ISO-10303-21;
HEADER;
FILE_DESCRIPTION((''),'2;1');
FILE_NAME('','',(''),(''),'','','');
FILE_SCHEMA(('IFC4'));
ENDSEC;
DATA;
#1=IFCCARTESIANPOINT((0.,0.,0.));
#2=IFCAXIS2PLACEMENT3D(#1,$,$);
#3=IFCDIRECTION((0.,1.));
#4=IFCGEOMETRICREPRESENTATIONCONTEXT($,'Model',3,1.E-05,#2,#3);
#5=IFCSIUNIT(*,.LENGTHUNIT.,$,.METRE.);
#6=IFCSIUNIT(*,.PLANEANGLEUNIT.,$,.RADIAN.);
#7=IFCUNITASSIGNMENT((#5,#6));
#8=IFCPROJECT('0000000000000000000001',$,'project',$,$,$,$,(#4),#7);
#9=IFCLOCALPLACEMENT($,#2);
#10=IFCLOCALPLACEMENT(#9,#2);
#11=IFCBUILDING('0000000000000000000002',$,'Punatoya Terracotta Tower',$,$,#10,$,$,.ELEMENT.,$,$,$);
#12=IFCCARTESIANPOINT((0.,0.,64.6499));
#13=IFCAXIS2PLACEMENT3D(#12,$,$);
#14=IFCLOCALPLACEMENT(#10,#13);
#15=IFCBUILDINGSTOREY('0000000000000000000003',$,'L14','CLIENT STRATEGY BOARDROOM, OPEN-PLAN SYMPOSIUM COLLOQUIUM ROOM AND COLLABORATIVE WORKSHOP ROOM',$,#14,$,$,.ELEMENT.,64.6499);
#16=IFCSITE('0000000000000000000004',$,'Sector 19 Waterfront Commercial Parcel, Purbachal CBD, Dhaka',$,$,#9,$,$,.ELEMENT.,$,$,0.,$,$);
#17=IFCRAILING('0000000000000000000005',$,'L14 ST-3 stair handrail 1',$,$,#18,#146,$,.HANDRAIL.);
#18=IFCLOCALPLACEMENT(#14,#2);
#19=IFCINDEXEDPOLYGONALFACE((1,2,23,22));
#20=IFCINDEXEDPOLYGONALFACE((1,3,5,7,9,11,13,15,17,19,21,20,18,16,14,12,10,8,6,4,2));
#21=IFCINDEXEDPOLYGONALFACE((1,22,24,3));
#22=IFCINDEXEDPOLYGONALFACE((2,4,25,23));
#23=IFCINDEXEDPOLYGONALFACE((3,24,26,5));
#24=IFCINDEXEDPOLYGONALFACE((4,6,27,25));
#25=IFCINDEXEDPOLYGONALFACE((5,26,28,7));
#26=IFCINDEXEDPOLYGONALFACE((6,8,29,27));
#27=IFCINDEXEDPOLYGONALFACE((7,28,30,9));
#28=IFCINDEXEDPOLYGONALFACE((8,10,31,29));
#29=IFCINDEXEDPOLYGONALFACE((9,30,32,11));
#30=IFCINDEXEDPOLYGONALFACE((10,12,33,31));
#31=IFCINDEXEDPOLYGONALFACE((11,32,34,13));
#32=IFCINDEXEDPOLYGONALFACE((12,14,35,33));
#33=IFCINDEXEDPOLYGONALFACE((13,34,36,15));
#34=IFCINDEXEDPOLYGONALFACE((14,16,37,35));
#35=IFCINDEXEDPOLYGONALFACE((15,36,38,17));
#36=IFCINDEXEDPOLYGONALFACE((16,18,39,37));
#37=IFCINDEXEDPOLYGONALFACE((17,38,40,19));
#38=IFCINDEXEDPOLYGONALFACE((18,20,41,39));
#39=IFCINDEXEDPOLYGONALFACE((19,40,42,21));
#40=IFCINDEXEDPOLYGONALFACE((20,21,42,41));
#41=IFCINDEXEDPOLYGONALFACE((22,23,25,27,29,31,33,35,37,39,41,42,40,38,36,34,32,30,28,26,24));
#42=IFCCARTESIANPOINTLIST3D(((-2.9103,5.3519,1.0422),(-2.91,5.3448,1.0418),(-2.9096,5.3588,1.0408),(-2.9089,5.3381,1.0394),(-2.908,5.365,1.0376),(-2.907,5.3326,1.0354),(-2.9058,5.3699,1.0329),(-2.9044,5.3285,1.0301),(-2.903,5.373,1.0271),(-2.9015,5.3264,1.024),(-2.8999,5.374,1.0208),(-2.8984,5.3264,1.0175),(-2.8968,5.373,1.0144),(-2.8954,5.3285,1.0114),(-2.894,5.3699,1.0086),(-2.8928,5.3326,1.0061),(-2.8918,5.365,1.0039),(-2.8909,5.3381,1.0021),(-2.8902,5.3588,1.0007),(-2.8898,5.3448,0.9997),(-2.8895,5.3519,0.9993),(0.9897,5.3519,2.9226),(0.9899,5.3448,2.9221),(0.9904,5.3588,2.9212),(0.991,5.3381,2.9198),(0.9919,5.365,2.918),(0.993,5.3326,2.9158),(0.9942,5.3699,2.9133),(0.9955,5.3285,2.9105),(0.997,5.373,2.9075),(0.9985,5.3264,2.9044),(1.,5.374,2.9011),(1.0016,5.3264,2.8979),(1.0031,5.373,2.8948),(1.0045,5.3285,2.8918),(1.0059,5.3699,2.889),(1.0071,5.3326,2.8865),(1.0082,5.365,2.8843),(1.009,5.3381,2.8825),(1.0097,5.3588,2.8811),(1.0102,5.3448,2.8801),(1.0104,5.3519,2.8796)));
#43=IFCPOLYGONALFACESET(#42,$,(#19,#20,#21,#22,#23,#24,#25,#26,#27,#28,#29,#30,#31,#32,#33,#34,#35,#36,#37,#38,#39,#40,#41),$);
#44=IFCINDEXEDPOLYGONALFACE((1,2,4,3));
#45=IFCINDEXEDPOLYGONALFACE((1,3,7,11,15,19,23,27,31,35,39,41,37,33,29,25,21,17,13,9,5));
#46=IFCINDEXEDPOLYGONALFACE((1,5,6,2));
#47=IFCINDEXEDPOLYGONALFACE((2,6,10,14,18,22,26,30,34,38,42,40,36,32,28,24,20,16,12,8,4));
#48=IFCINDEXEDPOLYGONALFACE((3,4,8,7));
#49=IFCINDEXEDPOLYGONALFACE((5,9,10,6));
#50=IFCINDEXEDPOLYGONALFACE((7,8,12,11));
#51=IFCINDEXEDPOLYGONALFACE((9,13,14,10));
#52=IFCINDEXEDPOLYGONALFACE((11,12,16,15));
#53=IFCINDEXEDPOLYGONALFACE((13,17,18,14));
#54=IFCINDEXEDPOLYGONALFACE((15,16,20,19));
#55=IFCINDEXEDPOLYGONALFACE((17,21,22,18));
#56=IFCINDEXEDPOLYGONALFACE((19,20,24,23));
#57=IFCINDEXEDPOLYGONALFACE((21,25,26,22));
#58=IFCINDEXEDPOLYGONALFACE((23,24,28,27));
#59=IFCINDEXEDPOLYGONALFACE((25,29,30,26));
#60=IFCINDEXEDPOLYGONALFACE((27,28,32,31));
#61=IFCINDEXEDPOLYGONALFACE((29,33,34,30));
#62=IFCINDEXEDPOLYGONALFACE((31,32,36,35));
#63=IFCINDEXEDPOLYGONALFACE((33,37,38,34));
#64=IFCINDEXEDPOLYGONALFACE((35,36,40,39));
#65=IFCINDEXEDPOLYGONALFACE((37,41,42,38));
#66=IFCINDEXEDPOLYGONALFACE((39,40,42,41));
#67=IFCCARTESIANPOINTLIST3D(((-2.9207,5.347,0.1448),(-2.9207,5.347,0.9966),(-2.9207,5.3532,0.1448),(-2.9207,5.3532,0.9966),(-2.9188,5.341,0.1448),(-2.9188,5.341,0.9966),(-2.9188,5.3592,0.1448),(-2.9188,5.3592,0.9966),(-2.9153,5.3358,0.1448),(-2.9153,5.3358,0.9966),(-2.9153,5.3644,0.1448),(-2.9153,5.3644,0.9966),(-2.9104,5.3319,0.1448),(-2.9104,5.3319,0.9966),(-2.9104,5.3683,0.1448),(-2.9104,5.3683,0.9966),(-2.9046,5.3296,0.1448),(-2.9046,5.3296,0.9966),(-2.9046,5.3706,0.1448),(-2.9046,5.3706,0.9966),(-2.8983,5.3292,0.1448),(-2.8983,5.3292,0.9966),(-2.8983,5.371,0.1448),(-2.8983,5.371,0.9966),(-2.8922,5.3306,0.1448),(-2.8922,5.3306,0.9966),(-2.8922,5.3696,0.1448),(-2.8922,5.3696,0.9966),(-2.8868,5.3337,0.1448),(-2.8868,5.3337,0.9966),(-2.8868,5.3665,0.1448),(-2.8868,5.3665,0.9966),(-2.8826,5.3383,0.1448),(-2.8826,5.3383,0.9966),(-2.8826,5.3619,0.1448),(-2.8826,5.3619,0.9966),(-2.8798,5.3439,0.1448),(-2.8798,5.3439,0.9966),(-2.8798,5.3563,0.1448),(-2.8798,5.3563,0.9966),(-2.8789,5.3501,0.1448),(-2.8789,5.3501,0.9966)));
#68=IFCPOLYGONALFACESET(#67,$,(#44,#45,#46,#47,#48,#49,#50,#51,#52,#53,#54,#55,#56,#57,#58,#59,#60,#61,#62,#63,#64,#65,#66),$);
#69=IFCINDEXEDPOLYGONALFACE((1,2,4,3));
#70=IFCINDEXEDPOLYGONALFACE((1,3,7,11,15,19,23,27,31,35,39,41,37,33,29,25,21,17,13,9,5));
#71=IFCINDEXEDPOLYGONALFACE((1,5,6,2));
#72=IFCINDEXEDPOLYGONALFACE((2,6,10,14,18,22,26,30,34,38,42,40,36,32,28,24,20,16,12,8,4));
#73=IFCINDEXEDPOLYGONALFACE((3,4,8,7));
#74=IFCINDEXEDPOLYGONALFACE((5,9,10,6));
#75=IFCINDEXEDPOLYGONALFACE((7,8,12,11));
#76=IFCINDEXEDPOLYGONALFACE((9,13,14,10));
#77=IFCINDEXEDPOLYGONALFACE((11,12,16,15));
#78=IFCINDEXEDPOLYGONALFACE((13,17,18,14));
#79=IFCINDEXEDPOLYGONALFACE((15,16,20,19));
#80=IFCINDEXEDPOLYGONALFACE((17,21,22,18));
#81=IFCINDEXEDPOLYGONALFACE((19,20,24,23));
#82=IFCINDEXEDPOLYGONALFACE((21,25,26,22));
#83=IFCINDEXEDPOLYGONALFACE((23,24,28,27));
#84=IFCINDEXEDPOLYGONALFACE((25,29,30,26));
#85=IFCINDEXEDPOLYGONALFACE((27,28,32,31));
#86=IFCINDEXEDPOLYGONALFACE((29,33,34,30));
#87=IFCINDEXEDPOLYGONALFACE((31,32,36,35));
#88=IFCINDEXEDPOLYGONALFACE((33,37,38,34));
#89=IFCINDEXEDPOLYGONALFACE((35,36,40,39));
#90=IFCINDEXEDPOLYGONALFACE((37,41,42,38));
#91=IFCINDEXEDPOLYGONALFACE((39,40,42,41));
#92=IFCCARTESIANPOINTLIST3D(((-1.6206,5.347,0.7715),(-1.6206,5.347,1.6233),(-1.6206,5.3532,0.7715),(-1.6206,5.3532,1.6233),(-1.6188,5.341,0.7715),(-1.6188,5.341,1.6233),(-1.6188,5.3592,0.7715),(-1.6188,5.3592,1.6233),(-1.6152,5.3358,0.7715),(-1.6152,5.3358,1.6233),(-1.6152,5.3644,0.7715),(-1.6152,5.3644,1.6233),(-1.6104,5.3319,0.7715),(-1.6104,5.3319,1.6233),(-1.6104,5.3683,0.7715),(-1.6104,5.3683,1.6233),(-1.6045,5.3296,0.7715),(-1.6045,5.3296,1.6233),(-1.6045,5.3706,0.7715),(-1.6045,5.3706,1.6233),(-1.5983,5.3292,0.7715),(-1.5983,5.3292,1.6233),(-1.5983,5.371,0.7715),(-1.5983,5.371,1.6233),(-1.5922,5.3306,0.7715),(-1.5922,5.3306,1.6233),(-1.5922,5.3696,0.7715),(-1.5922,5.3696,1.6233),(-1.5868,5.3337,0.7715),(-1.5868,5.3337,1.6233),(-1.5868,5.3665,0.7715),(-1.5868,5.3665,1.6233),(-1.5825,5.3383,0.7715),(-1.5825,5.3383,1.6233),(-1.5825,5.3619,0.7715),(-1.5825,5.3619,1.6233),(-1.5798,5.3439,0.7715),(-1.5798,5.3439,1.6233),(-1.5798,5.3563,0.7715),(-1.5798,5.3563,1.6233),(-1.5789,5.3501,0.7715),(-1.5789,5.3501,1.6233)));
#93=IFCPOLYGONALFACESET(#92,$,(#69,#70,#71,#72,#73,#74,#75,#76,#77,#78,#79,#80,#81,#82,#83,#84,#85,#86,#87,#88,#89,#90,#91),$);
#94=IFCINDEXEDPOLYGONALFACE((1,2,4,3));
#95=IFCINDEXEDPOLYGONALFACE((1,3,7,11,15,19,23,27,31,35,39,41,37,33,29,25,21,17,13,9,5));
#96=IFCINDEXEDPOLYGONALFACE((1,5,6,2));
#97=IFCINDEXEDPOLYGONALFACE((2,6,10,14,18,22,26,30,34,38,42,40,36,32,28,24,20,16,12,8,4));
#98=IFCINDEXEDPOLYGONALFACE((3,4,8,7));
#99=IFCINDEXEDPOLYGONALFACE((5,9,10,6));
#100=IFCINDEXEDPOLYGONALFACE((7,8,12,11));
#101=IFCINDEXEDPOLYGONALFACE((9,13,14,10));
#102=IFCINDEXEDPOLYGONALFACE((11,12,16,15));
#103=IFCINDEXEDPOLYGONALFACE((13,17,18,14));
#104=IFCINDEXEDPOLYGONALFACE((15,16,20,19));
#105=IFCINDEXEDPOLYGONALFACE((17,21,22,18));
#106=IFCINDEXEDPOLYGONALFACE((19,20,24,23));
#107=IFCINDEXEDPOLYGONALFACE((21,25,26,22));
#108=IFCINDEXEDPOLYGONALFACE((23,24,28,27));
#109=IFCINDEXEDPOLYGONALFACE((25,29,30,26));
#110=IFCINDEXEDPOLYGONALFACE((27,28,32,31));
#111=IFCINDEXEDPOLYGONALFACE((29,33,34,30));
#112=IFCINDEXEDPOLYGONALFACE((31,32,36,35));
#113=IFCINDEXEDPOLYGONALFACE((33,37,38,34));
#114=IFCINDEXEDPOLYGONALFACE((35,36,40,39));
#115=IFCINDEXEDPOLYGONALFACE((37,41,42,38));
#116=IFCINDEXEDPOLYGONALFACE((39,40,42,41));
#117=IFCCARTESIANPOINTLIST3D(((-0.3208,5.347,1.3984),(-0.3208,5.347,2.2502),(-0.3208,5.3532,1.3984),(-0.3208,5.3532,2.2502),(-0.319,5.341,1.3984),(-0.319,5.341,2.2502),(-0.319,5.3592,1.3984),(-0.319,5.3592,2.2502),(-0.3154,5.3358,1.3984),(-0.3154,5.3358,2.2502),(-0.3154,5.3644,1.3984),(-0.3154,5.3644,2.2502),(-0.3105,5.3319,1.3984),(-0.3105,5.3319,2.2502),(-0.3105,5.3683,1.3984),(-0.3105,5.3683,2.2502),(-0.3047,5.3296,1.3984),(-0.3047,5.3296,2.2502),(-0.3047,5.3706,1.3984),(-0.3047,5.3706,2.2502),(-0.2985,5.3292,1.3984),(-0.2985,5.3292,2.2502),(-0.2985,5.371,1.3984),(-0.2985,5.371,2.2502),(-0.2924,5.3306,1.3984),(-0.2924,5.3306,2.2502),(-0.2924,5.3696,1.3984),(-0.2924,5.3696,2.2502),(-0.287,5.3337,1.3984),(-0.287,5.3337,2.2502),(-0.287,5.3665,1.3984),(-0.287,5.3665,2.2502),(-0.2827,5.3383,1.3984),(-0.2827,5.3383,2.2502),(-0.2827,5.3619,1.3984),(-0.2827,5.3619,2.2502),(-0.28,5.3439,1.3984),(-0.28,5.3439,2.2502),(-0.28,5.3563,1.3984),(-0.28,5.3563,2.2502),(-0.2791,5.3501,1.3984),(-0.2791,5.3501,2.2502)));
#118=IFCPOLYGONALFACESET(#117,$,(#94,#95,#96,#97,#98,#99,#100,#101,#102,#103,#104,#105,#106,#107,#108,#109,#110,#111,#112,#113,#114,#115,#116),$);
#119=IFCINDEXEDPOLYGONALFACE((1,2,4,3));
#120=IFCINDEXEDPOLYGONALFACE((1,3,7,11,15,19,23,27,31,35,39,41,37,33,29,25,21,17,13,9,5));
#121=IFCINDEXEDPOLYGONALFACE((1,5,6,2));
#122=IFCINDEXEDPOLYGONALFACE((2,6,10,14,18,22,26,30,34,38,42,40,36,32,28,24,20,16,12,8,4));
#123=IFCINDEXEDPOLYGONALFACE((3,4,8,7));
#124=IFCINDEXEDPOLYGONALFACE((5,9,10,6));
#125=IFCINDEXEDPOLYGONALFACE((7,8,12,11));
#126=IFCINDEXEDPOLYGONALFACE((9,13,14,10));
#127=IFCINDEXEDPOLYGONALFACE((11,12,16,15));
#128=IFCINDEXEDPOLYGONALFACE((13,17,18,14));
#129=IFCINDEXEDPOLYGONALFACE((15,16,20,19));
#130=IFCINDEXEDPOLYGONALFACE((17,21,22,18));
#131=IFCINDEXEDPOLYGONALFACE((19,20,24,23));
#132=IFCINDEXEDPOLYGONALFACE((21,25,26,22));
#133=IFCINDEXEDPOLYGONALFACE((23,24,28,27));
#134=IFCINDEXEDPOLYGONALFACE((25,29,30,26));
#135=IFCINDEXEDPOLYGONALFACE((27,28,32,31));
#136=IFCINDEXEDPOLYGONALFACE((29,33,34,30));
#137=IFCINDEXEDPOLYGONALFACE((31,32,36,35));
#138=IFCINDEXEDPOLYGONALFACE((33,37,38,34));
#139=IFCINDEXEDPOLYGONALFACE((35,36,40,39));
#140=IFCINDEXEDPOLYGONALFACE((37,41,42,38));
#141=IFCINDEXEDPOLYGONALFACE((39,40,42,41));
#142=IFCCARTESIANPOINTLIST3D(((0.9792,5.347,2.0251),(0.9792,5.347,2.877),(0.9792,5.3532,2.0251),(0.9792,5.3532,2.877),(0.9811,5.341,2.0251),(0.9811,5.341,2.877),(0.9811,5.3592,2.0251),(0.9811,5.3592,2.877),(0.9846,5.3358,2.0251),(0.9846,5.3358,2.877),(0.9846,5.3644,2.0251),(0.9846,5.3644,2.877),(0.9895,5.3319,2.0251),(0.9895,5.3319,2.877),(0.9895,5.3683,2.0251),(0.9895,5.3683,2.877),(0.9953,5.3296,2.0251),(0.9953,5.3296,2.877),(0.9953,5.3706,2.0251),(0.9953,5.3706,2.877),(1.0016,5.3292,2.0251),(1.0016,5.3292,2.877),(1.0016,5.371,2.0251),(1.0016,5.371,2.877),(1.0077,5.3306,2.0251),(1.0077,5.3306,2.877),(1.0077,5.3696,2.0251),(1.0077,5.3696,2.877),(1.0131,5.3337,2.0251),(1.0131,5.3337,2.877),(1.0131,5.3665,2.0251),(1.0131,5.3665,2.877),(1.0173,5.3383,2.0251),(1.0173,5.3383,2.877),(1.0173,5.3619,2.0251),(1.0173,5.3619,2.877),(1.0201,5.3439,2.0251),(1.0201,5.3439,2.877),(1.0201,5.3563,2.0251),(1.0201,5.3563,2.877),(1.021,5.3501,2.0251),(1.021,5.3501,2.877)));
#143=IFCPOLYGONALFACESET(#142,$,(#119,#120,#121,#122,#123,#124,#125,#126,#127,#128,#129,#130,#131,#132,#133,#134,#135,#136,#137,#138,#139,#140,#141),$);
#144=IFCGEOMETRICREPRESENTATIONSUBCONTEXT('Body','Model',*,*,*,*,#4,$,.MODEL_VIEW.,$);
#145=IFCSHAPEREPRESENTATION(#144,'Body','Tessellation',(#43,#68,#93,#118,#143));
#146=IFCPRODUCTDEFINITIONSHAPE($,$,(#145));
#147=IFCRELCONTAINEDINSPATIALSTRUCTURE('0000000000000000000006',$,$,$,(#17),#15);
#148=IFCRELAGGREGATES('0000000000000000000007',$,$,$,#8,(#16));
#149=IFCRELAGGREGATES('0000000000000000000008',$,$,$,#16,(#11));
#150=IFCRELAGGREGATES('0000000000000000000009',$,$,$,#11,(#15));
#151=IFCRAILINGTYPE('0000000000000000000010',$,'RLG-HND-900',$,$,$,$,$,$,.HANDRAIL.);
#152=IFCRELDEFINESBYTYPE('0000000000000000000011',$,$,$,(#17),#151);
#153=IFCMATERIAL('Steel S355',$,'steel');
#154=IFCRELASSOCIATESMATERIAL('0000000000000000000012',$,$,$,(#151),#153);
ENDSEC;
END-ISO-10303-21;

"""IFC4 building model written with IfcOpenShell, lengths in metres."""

from ifc_helpers import new_model, si_unit, direction, frame, origin, origin_2d, place, context, subcontext, project, spatial, circle, extrude, material, type_object, element, save


model = new_model("IFC4")

# Units and contexts
model_context = context("Model", 3, precision=1e-05, world=origin(), true_north=direction((0.0, 1.0)))
body_context = subcontext(model_context, "Body", "Model", "MODEL_VIEW")
ifc_project = project(units=[si_unit("LENGTHUNIT", "METRE"), si_unit("PLANEANGLEUNIT", "RADIAN")], contexts=[model_context])

# Site, building, storey
site_placement = place(None, origin())
site = spatial("IfcSite", under=ifc_project, at=site_placement, Name="Sector 19 Waterfront Commercial Parcel, Purbachal CBD, Dhaka", CompositionType="ELEMENT", RefElevation=0.0)
building_placement = place(site_placement, origin())
building = spatial("IfcBuilding", under=site, at=building_placement, Name="Punatoya Terracotta Tower", CompositionType="ELEMENT")
storey_placement = place(building_placement, frame((0.0, 0.0, 64.6499)))
storey = spatial("IfcBuildingStorey", under=building, at=storey_placement, Name="L14", Description="CLIENT STRATEGY BOARDROOM, OPEN-PLAN SYMPOSIUM COLLOQUIUM ROOM AND COLLABORATIVE WORKSHOP ROOM", CompositionType="ELEMENT", Elevation=64.6499)

# Shared definitions
ifc_material_1 = material(Name="Steel S355", Category="steel")

# Railing
railing_type_1 = type_object("IfcRailingType", Name="RLG-HND-900", PredefinedType="HANDRAIL", material=ifc_material_1)
railing_1_placement = place(storey_placement, frame((-2.8999, 5.3501, 0.1448)))
element("IfcRailing", 1, at=railing_1_placement, inside=storey, type_object=railing_type_1, Name="L14 ST-3 stair handrail 1", PredefinedType="HANDRAIL", context=body_context, shape_type="SweptSolid", body=[
    extrude(circle(Radius=0.0239, at=origin_2d()), frame((0.0, 0.0, 0.876), z_axis=(0.900763, 0.0, 0.434311), x_axis=(0.0, 1.0, 0.0)), (0.0, 0.0, 1.0), 4.3296),
    extrude(circle(Radius=0.021, at=origin_2d()), origin(), (0.0, 0.0, 1.0), 0.8518),
    extrude(circle(Radius=0.021, at=origin_2d()), frame((1.3, 0.0, 0.6267)), (0.0, 0.0, 1.0), 0.8518),
    extrude(circle(Radius=0.021, at=origin_2d()), frame((2.5999, 0.0, 1.2537)), (0.0, 0.0, 1.0), 0.8518),
    extrude(circle(Radius=0.021, at=origin_2d()), frame((3.8999, 0.0, 1.8804)), (0.0, 0.0, 1.0), 0.8518),
])

save(model, "model.ifc")
